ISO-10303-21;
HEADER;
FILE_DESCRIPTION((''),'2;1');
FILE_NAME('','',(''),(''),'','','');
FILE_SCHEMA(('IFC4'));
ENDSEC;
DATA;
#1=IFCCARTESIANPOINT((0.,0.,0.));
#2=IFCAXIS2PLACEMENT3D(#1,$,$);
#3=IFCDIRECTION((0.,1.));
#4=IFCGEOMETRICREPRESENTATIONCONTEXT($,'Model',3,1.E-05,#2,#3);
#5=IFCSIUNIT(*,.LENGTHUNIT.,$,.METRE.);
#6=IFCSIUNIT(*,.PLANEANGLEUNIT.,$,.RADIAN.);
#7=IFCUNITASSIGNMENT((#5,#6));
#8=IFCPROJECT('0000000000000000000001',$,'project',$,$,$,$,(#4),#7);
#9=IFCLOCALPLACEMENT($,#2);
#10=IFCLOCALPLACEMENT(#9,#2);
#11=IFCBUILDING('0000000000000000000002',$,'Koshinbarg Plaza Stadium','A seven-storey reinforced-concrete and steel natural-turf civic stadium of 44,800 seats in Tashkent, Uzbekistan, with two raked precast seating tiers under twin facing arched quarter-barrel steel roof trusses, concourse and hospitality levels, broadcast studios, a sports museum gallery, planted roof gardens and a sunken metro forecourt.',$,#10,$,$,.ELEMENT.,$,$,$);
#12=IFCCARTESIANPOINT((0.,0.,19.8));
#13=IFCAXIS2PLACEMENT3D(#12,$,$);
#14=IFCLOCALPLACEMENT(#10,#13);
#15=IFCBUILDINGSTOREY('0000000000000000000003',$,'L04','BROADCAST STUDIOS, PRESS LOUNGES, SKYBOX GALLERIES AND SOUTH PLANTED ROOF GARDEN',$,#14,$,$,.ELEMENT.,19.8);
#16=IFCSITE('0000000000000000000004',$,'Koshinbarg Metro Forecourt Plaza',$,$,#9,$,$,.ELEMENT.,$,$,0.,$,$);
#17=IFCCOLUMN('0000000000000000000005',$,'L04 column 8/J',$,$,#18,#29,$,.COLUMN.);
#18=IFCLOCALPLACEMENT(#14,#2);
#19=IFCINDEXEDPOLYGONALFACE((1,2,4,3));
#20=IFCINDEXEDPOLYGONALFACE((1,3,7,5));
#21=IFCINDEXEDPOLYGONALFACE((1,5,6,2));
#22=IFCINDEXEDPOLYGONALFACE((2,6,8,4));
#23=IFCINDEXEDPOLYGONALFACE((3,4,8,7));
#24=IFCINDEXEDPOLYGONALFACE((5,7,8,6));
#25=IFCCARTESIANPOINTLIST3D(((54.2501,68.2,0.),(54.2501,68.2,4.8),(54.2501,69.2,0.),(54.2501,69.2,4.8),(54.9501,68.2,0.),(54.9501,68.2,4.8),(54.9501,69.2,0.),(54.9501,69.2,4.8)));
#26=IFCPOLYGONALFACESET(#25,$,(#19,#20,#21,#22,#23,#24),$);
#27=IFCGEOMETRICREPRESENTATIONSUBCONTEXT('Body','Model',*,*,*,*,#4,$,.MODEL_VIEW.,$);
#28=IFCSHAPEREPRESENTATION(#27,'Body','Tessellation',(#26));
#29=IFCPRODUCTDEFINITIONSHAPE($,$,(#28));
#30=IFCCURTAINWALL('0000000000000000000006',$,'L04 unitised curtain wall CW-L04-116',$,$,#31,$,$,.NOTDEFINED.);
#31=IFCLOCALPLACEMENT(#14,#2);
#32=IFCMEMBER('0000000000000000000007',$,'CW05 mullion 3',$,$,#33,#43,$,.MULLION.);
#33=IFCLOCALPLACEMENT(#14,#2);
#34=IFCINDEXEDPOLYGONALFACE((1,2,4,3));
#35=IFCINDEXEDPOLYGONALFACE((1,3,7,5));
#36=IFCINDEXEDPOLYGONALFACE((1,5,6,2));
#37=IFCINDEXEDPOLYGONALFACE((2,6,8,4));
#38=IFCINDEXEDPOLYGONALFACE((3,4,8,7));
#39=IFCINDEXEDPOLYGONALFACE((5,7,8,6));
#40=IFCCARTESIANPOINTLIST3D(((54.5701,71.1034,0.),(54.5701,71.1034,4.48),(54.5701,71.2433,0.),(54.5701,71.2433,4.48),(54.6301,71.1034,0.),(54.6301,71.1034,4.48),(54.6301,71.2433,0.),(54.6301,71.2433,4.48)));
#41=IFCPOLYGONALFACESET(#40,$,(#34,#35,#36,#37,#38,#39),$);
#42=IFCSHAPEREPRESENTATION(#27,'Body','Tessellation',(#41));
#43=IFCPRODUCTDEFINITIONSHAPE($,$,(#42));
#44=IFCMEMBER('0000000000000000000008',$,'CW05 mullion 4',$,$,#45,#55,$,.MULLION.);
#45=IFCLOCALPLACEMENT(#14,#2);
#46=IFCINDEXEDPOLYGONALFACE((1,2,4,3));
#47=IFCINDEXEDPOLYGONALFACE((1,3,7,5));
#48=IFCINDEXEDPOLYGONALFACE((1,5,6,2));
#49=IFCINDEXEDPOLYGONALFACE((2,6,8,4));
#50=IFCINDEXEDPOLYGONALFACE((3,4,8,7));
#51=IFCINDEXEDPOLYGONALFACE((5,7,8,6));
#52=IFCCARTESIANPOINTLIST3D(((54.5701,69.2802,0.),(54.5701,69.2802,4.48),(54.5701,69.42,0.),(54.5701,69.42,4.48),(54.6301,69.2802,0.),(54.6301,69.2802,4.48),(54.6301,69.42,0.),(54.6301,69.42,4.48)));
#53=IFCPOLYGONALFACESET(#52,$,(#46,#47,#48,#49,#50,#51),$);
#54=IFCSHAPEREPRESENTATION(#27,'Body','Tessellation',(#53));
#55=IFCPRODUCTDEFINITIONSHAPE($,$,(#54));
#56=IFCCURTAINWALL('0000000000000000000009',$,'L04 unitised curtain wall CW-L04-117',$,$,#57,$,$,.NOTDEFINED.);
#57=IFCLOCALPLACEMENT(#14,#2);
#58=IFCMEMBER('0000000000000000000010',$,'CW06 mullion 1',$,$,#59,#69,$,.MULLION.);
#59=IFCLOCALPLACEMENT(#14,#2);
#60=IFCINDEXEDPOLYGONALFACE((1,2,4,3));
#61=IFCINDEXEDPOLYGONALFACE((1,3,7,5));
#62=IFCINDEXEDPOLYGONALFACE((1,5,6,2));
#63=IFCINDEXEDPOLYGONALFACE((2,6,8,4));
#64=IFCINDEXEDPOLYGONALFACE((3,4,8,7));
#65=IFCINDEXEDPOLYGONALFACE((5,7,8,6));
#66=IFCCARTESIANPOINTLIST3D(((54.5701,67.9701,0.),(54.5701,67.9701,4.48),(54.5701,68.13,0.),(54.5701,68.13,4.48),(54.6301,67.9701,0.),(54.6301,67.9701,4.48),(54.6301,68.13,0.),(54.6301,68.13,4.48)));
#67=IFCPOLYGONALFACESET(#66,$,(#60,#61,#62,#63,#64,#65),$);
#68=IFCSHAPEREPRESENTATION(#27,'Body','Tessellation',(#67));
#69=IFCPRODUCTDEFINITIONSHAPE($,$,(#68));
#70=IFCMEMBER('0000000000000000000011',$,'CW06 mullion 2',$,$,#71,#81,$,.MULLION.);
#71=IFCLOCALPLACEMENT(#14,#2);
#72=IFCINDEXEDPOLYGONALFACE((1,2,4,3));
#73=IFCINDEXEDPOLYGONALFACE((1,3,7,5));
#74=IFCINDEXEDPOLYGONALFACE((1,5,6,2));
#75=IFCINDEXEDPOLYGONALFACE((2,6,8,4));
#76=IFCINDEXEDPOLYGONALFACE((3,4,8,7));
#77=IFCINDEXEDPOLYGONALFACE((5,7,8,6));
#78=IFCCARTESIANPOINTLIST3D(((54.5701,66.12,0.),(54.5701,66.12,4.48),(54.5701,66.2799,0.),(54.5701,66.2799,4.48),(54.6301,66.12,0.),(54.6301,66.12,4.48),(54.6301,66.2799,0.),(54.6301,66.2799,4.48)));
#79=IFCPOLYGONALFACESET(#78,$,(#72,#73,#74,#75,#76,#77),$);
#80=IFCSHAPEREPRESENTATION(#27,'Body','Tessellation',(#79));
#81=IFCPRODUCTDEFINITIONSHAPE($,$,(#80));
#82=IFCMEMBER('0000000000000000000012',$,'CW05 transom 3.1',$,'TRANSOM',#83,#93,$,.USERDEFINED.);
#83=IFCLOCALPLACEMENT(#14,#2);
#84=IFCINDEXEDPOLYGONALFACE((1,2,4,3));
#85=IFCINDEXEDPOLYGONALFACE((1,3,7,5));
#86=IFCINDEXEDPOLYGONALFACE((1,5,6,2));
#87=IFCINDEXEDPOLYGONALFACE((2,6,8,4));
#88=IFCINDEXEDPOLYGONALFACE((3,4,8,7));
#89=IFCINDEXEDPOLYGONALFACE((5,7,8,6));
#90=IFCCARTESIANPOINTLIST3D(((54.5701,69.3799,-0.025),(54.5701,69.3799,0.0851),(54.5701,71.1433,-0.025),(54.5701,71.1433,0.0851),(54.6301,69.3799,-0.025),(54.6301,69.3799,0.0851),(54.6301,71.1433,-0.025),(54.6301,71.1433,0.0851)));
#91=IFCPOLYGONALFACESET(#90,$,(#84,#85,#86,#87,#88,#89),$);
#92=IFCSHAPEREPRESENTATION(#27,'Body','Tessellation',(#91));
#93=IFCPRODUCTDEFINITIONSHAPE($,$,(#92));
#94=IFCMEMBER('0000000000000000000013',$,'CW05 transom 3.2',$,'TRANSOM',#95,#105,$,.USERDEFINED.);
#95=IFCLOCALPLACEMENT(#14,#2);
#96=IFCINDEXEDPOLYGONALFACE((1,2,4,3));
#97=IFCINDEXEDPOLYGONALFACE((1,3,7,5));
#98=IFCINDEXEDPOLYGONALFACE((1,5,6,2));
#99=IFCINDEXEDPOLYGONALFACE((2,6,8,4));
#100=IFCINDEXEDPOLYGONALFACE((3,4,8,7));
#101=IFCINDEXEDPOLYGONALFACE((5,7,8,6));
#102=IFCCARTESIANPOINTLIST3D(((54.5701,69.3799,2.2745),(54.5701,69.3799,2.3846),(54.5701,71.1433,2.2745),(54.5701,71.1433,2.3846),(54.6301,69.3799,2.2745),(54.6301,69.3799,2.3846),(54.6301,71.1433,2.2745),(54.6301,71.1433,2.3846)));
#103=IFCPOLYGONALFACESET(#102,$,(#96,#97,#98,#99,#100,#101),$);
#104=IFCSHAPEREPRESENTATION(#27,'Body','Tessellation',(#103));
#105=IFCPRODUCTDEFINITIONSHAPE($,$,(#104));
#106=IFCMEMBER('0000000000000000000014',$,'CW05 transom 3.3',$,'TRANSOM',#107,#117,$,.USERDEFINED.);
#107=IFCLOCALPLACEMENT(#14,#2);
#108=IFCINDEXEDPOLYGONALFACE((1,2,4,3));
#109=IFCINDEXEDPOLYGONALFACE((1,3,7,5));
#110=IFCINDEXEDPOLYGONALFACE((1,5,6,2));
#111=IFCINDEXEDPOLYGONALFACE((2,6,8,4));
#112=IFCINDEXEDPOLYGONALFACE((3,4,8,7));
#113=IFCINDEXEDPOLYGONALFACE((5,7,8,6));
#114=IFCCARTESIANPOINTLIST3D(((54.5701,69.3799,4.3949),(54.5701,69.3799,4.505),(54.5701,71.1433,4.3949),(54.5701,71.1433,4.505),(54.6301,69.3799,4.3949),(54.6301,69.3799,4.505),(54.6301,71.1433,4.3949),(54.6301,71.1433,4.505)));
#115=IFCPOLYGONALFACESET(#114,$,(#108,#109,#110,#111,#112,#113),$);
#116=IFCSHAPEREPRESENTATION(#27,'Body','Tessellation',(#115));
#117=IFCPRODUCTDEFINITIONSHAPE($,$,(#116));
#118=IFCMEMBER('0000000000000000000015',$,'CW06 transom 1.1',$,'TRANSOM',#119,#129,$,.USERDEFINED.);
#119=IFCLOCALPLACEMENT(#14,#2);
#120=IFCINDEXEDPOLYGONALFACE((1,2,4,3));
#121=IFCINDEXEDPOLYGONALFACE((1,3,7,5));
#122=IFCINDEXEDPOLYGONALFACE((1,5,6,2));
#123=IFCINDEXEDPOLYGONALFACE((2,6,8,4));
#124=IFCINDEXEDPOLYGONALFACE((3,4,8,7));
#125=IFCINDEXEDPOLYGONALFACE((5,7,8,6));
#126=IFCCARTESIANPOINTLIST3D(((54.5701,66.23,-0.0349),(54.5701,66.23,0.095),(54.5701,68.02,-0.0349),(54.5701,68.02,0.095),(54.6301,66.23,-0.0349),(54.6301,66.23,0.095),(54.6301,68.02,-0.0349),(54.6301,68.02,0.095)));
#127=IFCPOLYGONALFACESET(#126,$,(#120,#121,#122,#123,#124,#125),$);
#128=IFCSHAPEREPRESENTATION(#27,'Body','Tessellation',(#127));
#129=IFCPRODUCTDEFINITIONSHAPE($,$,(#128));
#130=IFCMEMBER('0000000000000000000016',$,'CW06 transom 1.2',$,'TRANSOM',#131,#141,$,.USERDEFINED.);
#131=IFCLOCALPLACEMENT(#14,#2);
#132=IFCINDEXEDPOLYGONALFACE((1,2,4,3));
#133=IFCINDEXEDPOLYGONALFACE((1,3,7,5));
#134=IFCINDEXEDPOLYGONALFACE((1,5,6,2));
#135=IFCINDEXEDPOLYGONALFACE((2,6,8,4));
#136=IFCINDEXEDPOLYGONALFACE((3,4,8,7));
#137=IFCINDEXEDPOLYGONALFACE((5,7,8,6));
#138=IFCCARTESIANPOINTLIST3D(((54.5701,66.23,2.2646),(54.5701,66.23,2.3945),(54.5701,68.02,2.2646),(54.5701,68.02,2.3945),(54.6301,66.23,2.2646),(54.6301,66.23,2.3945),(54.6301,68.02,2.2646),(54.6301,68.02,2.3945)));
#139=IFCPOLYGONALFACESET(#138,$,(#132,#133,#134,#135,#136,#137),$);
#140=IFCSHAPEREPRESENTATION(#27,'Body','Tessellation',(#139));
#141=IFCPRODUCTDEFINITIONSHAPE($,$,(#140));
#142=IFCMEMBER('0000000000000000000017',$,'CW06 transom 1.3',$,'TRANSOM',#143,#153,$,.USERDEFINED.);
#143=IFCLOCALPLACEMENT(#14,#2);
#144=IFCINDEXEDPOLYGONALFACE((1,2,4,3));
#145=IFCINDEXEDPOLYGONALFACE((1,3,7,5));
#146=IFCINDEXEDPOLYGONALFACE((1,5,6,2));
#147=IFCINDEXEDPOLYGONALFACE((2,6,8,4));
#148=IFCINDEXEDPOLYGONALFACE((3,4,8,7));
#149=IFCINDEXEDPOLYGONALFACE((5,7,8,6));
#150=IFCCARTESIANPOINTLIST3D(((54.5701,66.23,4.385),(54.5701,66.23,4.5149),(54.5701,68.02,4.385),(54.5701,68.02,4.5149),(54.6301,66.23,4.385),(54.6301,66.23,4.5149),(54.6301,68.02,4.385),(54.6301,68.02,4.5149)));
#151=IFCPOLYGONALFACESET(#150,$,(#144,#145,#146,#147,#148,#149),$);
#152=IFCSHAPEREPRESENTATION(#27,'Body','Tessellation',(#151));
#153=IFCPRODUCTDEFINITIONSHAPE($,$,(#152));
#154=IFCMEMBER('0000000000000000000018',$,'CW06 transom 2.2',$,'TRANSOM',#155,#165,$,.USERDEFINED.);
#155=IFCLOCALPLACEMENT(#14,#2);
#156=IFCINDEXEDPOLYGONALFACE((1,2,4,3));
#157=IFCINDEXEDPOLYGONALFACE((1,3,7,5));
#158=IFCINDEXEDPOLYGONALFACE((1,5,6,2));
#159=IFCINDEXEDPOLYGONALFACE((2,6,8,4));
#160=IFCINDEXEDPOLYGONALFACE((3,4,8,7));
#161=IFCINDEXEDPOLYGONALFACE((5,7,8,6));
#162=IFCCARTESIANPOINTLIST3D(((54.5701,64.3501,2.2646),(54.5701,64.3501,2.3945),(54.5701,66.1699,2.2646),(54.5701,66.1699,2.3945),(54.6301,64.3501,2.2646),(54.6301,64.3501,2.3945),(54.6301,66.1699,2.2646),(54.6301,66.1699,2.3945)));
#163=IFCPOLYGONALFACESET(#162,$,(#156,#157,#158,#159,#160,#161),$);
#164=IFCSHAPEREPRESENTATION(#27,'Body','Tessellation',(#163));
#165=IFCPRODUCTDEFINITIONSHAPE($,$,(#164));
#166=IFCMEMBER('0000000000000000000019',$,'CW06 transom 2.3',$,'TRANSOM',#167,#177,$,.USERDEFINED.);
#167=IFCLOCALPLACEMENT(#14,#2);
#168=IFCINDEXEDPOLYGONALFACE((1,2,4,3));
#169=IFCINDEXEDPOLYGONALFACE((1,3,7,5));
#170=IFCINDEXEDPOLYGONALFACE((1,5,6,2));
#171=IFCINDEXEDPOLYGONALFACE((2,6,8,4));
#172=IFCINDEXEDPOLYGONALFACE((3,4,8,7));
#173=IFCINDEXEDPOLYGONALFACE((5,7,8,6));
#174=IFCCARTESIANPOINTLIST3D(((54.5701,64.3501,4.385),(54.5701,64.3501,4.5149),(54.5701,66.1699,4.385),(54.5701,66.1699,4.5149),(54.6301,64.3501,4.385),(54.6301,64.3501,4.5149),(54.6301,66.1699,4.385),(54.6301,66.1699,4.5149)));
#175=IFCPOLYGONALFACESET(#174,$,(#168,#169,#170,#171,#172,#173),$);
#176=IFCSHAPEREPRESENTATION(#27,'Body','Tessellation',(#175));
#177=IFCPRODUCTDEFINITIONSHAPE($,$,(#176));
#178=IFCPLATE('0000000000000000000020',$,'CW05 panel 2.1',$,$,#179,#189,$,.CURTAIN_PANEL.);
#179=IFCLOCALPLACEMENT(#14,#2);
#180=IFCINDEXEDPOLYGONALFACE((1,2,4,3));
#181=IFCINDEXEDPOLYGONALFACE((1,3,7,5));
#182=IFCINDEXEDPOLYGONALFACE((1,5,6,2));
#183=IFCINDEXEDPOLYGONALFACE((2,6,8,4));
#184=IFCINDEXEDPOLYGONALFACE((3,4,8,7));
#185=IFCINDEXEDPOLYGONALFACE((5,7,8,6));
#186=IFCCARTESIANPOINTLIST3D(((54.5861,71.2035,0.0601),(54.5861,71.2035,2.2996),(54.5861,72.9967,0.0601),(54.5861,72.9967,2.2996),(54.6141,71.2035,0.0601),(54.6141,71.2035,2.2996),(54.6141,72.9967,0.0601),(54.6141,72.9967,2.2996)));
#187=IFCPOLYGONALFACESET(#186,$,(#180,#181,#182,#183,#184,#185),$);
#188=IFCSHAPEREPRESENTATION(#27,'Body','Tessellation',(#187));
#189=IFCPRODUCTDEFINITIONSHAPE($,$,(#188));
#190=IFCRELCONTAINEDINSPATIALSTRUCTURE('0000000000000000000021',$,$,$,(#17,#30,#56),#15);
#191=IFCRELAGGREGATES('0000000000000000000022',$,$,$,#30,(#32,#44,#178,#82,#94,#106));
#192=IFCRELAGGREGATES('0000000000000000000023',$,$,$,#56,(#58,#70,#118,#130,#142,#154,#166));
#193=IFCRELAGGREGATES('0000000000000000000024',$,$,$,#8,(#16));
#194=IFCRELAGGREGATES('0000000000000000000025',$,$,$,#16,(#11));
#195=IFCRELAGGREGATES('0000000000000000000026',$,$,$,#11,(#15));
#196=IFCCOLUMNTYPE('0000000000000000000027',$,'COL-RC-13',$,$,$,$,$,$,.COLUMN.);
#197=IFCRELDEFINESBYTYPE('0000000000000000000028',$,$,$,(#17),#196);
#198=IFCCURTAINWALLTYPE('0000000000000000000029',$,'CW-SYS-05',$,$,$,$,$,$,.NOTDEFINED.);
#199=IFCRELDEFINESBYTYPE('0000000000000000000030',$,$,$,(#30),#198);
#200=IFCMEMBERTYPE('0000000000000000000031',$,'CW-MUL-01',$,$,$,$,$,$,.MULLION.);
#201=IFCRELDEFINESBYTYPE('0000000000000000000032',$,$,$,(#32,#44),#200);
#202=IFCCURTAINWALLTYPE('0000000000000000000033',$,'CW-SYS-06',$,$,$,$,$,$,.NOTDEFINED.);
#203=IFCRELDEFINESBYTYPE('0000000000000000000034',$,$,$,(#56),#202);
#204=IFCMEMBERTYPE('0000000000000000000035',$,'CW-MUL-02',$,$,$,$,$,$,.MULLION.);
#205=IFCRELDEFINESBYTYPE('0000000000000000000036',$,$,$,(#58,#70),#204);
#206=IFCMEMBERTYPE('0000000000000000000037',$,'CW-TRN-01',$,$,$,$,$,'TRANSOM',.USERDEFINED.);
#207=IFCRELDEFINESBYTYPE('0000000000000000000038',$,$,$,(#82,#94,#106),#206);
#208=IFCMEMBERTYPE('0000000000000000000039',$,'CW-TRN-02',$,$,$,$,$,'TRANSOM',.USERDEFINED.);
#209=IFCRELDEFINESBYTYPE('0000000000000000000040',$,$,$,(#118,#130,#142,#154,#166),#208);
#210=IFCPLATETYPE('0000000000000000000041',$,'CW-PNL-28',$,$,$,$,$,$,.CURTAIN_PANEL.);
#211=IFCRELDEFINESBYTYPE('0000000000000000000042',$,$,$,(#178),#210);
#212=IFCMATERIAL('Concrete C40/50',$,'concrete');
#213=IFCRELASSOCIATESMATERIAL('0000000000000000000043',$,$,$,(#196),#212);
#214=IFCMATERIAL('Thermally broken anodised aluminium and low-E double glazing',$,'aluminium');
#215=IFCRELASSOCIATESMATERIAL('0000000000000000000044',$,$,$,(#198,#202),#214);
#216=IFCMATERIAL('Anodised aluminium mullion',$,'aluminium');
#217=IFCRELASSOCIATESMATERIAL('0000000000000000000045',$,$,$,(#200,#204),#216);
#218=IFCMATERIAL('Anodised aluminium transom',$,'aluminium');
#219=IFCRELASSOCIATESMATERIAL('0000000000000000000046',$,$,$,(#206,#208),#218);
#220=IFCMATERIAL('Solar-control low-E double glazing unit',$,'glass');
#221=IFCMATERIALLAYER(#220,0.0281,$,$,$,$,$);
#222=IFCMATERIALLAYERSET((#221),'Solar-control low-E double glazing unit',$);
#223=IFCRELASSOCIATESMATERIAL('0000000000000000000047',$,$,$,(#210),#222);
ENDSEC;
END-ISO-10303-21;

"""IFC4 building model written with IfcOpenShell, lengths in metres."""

from ifc_helpers import new_model, si_unit, direction, frame, origin, origin_2d, place, context, subcontext, project, spatial, rectangle, extrude, material, layer, layer_set, material_profile, profile_set, type_object, element, aggregate, save


model = new_model("IFC4")

# Units and contexts
model_context = context("Model", 3, precision=1e-05, world=origin(), true_north=direction((0.0, 1.0)))
body_context = subcontext(model_context, "Body", "Model", "MODEL_VIEW")
ifc_project = project(units=[si_unit("LENGTHUNIT", "METRE"), si_unit("PLANEANGLEUNIT", "RADIAN")], contexts=[model_context])

# Site, building, storey
site_placement = place(None, origin())
site = spatial("IfcSite", under=ifc_project, at=site_placement, Name="Koshinbarg Metro Forecourt Plaza", CompositionType="ELEMENT", RefElevation=0.0)
building_placement = place(site_placement, origin())
building = spatial("IfcBuilding", under=site, at=building_placement, Name="Koshinbarg Plaza Stadium", Description="A seven-storey reinforced-concrete and steel natural-turf civic stadium of 44,800 seats in Tashkent, Uzbekistan, with two raked precast seating tiers under twin facing arched quarter-barrel steel roof trusses, concourse and hospitality levels, broadcast studios, a sports museum gallery, planted roof gardens and a sunken metro forecourt.", CompositionType="ELEMENT")
storey_placement = place(building_placement, frame((0.0, 0.0, 19.8)))
storey = spatial("IfcBuildingStorey", under=building, at=storey_placement, Name="L04", Description="BROADCAST STUDIOS, PRESS LOUNGES, SKYBOX GALLERIES AND SOUTH PLANTED ROOF GARDEN", CompositionType="ELEMENT", Elevation=19.8)

# Column
ifc_material_1 = material(Name="Concrete C40/50", Category="concrete")
ifc_material_profile_1 = material_profile(ifc_material_1, rectangle(XDim=0.7, YDim=1.0, at=origin_2d()), Name="RC 700x1000")
ifc_profile_set_1 = profile_set([ifc_material_profile_1], Name="Concrete C40/50")
column_type = type_object("IfcColumnType", Name="COL-RC-13", PredefinedType="COLUMN", material=ifc_profile_set_1)
column_placement = place(storey_placement, frame((54.6001, 68.7, 0.0), z_axis=(0.0, 0.0, 1.0), x_axis=(1.0, 0.0, 0.0)))
element("IfcColumn", 1, at=column_placement, inside=storey, type_object=column_type, Name="L04 column 8/J", PredefinedType="COLUMN", context=body_context, shape_type="SweptSolid", body=[
    extrude(rectangle(XDim=0.7, YDim=1.0, at=origin_2d()), origin(), (0.0, 0.0, 1.0), 4.8),
])

# Curtain walls, members
ifc_material_2 = material(Name="Thermally broken anodised aluminium and low-E double glazing", Category="aluminium")
curtain_wall_type_1 = type_object("IfcCurtainWallType", Name="CW-SYS-05", PredefinedType="NOTDEFINED", material=ifc_material_2)
curtain_wall_1_placement = place(storey_placement, origin())
curtain_wall_1 = element("IfcCurtainWall", 2, at=curtain_wall_1_placement, inside=storey, type_object=curtain_wall_type_1, Name="L04 unitised curtain wall CW-L04-116", PredefinedType="NOTDEFINED")
ifc_material_3 = material(Name="Anodised aluminium mullion", Category="aluminium")
ifc_material_profile_2 = material_profile(ifc_material_3, rectangle(XDim=0.0601, YDim=0.1399, at=origin_2d()), Name="ALU 60x140")
ifc_profile_set_2 = profile_set([ifc_material_profile_2], Name="Anodised aluminium mullion")
member_type_1 = type_object("IfcMemberType", Name="CW-MUL-01", PredefinedType="MULLION", material=ifc_profile_set_2)
member_1_placement = place(storey_placement, frame((54.6001, 71.1733, 0.0), z_axis=(0.0, 0.0, 1.0), x_axis=(1.0, 0.0, 0.0)))
member_1 = element("IfcMember", 3, at=member_1_placement, type_object=member_type_1, Name="CW05 mullion 3", PredefinedType="MULLION", context=body_context, shape_type="SweptSolid", body=[
    extrude(rectangle(XDim=0.0601, YDim=0.1399, at=origin_2d()), origin(), (0.0, 0.0, 1.0), 4.48),
])
member_2_placement = place(storey_placement, frame((54.6001, 69.3501, 0.0), z_axis=(0.0, 0.0, 1.0), x_axis=(1.0, 0.0, 0.0)))
member_2 = element("IfcMember", 4, at=member_2_placement, type_object=member_type_1, Name="CW05 mullion 4", PredefinedType="MULLION", context=body_context, shape_type="SweptSolid", body=[
    extrude(rectangle(XDim=0.0601, YDim=0.1399, at=origin_2d()), origin(), (0.0, 0.0, 1.0), 4.48),
])
curtain_wall_type_2 = type_object("IfcCurtainWallType", Name="CW-SYS-06", PredefinedType="NOTDEFINED", material=ifc_material_2)
curtain_wall_2_placement = place(storey_placement, origin())
curtain_wall_2 = element("IfcCurtainWall", 5, at=curtain_wall_2_placement, inside=storey, type_object=curtain_wall_type_2, Name="L04 unitised curtain wall CW-L04-117", PredefinedType="NOTDEFINED")
ifc_material_profile_3 = material_profile(ifc_material_3, rectangle(XDim=0.0601, YDim=0.1599, at=origin_2d()), Name="ALU 60x160")
ifc_profile_set_3 = profile_set([ifc_material_profile_3], Name="Anodised aluminium mullion")
member_type_2 = type_object("IfcMemberType", Name="CW-MUL-02", PredefinedType="MULLION", material=ifc_profile_set_3)
member_3_placement = place(storey_placement, frame((54.6001, 68.05, 0.0), z_axis=(0.0, 0.0, 1.0), x_axis=(1.0, 0.0, 0.0)))
member_3 = element("IfcMember", 6, at=member_3_placement, type_object=member_type_2, Name="CW06 mullion 1", PredefinedType="MULLION", context=body_context, shape_type="SweptSolid", body=[
    extrude(rectangle(XDim=0.0601, YDim=0.1599, at=origin_2d()), origin(), (0.0, 0.0, 1.0), 4.48),
])
member_4_placement = place(storey_placement, frame((54.6001, 66.2, 0.0), z_axis=(0.0, 0.0, 1.0), x_axis=(1.0, 0.0, 0.0)))
member_4 = element("IfcMember", 7, at=member_4_placement, type_object=member_type_2, Name="CW06 mullion 2", PredefinedType="MULLION", context=body_context, shape_type="SweptSolid", body=[
    extrude(rectangle(XDim=0.0601, YDim=0.1599, at=origin_2d()), origin(), (0.0, 0.0, 1.0), 4.48),
])

# Members
ifc_material_4 = material(Name="Anodised aluminium transom", Category="aluminium")
ifc_material_profile_4 = material_profile(ifc_material_4, rectangle(XDim=0.0601, YDim=0.1101, at=origin_2d()), Name="ALU 60x110")
ifc_profile_set_4 = profile_set([ifc_material_profile_4], Name="Anodised aluminium transom")
member_type_3 = type_object("IfcMemberType", Name="CW-TRN-01", ElementType="TRANSOM", PredefinedType="USERDEFINED", material=ifc_profile_set_4)
member_5_placement = place(storey_placement, frame((54.6001, 71.1433, 0.03), z_axis=(0.0, -1.0, 0.0), x_axis=(1.0, 0.0, 0.0)))
member_5 = element("IfcMember", 8, at=member_5_placement, type_object=member_type_3, Name="CW05 transom 3.1", ObjectType="TRANSOM", PredefinedType="USERDEFINED", context=body_context, shape_type="SweptSolid", body=[
    extrude(rectangle(XDim=0.0601, YDim=0.1101, at=origin_2d()), origin(), (0.0, 0.0, 1.0), 1.7634),
])
member_6_placement = place(storey_placement, frame((54.6001, 71.1433, 2.3296), z_axis=(0.0, -1.0, 0.0), x_axis=(1.0, 0.0, 0.0)))
member_6 = element("IfcMember", 9, at=member_6_placement, type_object=member_type_3, Name="CW05 transom 3.2", ObjectType="TRANSOM", PredefinedType="USERDEFINED", context=body_context, shape_type="SweptSolid", body=[
    extrude(rectangle(XDim=0.0601, YDim=0.1101, at=origin_2d()), origin(), (0.0, 0.0, 1.0), 1.7634),
])
member_7_placement = place(storey_placement, frame((54.6001, 71.1433, 4.45), z_axis=(0.0, -1.0, 0.0), x_axis=(1.0, 0.0, 0.0)))
member_7 = element("IfcMember", 10, at=member_7_placement, type_object=member_type_3, Name="CW05 transom 3.3", ObjectType="TRANSOM", PredefinedType="USERDEFINED", context=body_context, shape_type="SweptSolid", body=[
    extrude(rectangle(XDim=0.0601, YDim=0.1101, at=origin_2d()), origin(), (0.0, 0.0, 1.0), 1.7634),
])
ifc_material_profile_5 = material_profile(ifc_material_4, rectangle(XDim=0.0601, YDim=0.1299, at=origin_2d()), Name="ALU 60x130")
ifc_profile_set_5 = profile_set([ifc_material_profile_5], Name="Anodised aluminium transom")
member_type_4 = type_object("IfcMemberType", Name="CW-TRN-02", ElementType="TRANSOM", PredefinedType="USERDEFINED", material=ifc_profile_set_5)
member_8_placement = place(storey_placement, frame((54.6001, 68.02, 0.03), z_axis=(0.0, -1.0, 0.0), x_axis=(1.0, 0.0, 0.0)))
member_8 = element("IfcMember", 11, at=member_8_placement, type_object=member_type_4, Name="CW06 transom 1.1", ObjectType="TRANSOM", PredefinedType="USERDEFINED", context=body_context, shape_type="SweptSolid", body=[
    extrude(rectangle(XDim=0.0601, YDim=0.1299, at=origin_2d()), origin(), (0.0, 0.0, 1.0), 1.79),
])
member_9_placement = place(storey_placement, frame((54.6001, 68.02, 2.3296), z_axis=(0.0, -1.0, 0.0), x_axis=(1.0, 0.0, 0.0)))
member_9 = element("IfcMember", 12, at=member_9_placement, type_object=member_type_4, Name="CW06 transom 1.2", ObjectType="TRANSOM", PredefinedType="USERDEFINED", context=body_context, shape_type="SweptSolid", body=[
    extrude(rectangle(XDim=0.0601, YDim=0.1299, at=origin_2d()), origin(), (0.0, 0.0, 1.0), 1.79),
])
member_10_placement = place(storey_placement, frame((54.6001, 68.02, 4.45), z_axis=(0.0, -1.0, 0.0), x_axis=(1.0, 0.0, 0.0)))
member_10 = element("IfcMember", 13, at=member_10_placement, type_object=member_type_4, Name="CW06 transom 1.3", ObjectType="TRANSOM", PredefinedType="USERDEFINED", context=body_context, shape_type="SweptSolid", body=[
    extrude(rectangle(XDim=0.0601, YDim=0.1299, at=origin_2d()), origin(), (0.0, 0.0, 1.0), 1.79),
])
member_11_placement = place(storey_placement, frame((54.6001, 66.1699, 2.3296), z_axis=(0.0, -1.0, 0.0), x_axis=(1.0, 0.0, 0.0)))
member_11 = element("IfcMember", 14, at=member_11_placement, type_object=member_type_4, Name="CW06 transom 2.2", ObjectType="TRANSOM", PredefinedType="USERDEFINED", context=body_context, shape_type="SweptSolid", body=[
    extrude(rectangle(XDim=0.0601, YDim=0.1299, at=origin_2d()), origin(), (0.0, 0.0, 1.0), 1.8198),
])
member_12_placement = place(storey_placement, frame((54.6001, 66.1699, 4.45), z_axis=(0.0, -1.0, 0.0), x_axis=(1.0, 0.0, 0.0)))
member_12 = element("IfcMember", 15, at=member_12_placement, type_object=member_type_4, Name="CW06 transom 2.3", ObjectType="TRANSOM", PredefinedType="USERDEFINED", context=body_context, shape_type="SweptSolid", body=[
    extrude(rectangle(XDim=0.0601, YDim=0.1299, at=origin_2d()), origin(), (0.0, 0.0, 1.0), 1.8198),
])

# Plate
ifc_material_5 = material(Name="Solar-control low-E double glazing unit", Category="glass")
ifc_layer_1 = layer(ifc_material_5, 0.0281)
ifc_layer_set_1 = layer_set([ifc_layer_1], Name="Solar-control low-E double glazing unit")
plate_type_1 = type_object("IfcPlateType", Name="CW-PNL-28", PredefinedType="CURTAIN_PANEL", material=ifc_layer_set_1)
plate_1_placement = place(storey_placement, frame((54.6001, 72.1001, 0.0601), z_axis=(0.0, 0.0, 1.0), x_axis=(0.0, -1.0, 0.0)))
plate_1 = element("IfcPlate", 16, at=plate_1_placement, type_object=plate_type_1, Name="CW05 panel 2.1", PredefinedType="CURTAIN_PANEL", context=body_context, shape_type="SweptSolid", body=[
    extrude(rectangle(XDim=1.7932, YDim=0.0281, at=origin_2d()), origin(), (0.0, 0.0, 1.0), 2.2395),
])
aggregate(curtain_wall_1, [member_1, member_2, plate_1, member_5, member_6, member_7])
aggregate(curtain_wall_2, [member_3, member_4, member_8, member_9, member_10, member_11, member_12])

save(model, "model.ifc")
